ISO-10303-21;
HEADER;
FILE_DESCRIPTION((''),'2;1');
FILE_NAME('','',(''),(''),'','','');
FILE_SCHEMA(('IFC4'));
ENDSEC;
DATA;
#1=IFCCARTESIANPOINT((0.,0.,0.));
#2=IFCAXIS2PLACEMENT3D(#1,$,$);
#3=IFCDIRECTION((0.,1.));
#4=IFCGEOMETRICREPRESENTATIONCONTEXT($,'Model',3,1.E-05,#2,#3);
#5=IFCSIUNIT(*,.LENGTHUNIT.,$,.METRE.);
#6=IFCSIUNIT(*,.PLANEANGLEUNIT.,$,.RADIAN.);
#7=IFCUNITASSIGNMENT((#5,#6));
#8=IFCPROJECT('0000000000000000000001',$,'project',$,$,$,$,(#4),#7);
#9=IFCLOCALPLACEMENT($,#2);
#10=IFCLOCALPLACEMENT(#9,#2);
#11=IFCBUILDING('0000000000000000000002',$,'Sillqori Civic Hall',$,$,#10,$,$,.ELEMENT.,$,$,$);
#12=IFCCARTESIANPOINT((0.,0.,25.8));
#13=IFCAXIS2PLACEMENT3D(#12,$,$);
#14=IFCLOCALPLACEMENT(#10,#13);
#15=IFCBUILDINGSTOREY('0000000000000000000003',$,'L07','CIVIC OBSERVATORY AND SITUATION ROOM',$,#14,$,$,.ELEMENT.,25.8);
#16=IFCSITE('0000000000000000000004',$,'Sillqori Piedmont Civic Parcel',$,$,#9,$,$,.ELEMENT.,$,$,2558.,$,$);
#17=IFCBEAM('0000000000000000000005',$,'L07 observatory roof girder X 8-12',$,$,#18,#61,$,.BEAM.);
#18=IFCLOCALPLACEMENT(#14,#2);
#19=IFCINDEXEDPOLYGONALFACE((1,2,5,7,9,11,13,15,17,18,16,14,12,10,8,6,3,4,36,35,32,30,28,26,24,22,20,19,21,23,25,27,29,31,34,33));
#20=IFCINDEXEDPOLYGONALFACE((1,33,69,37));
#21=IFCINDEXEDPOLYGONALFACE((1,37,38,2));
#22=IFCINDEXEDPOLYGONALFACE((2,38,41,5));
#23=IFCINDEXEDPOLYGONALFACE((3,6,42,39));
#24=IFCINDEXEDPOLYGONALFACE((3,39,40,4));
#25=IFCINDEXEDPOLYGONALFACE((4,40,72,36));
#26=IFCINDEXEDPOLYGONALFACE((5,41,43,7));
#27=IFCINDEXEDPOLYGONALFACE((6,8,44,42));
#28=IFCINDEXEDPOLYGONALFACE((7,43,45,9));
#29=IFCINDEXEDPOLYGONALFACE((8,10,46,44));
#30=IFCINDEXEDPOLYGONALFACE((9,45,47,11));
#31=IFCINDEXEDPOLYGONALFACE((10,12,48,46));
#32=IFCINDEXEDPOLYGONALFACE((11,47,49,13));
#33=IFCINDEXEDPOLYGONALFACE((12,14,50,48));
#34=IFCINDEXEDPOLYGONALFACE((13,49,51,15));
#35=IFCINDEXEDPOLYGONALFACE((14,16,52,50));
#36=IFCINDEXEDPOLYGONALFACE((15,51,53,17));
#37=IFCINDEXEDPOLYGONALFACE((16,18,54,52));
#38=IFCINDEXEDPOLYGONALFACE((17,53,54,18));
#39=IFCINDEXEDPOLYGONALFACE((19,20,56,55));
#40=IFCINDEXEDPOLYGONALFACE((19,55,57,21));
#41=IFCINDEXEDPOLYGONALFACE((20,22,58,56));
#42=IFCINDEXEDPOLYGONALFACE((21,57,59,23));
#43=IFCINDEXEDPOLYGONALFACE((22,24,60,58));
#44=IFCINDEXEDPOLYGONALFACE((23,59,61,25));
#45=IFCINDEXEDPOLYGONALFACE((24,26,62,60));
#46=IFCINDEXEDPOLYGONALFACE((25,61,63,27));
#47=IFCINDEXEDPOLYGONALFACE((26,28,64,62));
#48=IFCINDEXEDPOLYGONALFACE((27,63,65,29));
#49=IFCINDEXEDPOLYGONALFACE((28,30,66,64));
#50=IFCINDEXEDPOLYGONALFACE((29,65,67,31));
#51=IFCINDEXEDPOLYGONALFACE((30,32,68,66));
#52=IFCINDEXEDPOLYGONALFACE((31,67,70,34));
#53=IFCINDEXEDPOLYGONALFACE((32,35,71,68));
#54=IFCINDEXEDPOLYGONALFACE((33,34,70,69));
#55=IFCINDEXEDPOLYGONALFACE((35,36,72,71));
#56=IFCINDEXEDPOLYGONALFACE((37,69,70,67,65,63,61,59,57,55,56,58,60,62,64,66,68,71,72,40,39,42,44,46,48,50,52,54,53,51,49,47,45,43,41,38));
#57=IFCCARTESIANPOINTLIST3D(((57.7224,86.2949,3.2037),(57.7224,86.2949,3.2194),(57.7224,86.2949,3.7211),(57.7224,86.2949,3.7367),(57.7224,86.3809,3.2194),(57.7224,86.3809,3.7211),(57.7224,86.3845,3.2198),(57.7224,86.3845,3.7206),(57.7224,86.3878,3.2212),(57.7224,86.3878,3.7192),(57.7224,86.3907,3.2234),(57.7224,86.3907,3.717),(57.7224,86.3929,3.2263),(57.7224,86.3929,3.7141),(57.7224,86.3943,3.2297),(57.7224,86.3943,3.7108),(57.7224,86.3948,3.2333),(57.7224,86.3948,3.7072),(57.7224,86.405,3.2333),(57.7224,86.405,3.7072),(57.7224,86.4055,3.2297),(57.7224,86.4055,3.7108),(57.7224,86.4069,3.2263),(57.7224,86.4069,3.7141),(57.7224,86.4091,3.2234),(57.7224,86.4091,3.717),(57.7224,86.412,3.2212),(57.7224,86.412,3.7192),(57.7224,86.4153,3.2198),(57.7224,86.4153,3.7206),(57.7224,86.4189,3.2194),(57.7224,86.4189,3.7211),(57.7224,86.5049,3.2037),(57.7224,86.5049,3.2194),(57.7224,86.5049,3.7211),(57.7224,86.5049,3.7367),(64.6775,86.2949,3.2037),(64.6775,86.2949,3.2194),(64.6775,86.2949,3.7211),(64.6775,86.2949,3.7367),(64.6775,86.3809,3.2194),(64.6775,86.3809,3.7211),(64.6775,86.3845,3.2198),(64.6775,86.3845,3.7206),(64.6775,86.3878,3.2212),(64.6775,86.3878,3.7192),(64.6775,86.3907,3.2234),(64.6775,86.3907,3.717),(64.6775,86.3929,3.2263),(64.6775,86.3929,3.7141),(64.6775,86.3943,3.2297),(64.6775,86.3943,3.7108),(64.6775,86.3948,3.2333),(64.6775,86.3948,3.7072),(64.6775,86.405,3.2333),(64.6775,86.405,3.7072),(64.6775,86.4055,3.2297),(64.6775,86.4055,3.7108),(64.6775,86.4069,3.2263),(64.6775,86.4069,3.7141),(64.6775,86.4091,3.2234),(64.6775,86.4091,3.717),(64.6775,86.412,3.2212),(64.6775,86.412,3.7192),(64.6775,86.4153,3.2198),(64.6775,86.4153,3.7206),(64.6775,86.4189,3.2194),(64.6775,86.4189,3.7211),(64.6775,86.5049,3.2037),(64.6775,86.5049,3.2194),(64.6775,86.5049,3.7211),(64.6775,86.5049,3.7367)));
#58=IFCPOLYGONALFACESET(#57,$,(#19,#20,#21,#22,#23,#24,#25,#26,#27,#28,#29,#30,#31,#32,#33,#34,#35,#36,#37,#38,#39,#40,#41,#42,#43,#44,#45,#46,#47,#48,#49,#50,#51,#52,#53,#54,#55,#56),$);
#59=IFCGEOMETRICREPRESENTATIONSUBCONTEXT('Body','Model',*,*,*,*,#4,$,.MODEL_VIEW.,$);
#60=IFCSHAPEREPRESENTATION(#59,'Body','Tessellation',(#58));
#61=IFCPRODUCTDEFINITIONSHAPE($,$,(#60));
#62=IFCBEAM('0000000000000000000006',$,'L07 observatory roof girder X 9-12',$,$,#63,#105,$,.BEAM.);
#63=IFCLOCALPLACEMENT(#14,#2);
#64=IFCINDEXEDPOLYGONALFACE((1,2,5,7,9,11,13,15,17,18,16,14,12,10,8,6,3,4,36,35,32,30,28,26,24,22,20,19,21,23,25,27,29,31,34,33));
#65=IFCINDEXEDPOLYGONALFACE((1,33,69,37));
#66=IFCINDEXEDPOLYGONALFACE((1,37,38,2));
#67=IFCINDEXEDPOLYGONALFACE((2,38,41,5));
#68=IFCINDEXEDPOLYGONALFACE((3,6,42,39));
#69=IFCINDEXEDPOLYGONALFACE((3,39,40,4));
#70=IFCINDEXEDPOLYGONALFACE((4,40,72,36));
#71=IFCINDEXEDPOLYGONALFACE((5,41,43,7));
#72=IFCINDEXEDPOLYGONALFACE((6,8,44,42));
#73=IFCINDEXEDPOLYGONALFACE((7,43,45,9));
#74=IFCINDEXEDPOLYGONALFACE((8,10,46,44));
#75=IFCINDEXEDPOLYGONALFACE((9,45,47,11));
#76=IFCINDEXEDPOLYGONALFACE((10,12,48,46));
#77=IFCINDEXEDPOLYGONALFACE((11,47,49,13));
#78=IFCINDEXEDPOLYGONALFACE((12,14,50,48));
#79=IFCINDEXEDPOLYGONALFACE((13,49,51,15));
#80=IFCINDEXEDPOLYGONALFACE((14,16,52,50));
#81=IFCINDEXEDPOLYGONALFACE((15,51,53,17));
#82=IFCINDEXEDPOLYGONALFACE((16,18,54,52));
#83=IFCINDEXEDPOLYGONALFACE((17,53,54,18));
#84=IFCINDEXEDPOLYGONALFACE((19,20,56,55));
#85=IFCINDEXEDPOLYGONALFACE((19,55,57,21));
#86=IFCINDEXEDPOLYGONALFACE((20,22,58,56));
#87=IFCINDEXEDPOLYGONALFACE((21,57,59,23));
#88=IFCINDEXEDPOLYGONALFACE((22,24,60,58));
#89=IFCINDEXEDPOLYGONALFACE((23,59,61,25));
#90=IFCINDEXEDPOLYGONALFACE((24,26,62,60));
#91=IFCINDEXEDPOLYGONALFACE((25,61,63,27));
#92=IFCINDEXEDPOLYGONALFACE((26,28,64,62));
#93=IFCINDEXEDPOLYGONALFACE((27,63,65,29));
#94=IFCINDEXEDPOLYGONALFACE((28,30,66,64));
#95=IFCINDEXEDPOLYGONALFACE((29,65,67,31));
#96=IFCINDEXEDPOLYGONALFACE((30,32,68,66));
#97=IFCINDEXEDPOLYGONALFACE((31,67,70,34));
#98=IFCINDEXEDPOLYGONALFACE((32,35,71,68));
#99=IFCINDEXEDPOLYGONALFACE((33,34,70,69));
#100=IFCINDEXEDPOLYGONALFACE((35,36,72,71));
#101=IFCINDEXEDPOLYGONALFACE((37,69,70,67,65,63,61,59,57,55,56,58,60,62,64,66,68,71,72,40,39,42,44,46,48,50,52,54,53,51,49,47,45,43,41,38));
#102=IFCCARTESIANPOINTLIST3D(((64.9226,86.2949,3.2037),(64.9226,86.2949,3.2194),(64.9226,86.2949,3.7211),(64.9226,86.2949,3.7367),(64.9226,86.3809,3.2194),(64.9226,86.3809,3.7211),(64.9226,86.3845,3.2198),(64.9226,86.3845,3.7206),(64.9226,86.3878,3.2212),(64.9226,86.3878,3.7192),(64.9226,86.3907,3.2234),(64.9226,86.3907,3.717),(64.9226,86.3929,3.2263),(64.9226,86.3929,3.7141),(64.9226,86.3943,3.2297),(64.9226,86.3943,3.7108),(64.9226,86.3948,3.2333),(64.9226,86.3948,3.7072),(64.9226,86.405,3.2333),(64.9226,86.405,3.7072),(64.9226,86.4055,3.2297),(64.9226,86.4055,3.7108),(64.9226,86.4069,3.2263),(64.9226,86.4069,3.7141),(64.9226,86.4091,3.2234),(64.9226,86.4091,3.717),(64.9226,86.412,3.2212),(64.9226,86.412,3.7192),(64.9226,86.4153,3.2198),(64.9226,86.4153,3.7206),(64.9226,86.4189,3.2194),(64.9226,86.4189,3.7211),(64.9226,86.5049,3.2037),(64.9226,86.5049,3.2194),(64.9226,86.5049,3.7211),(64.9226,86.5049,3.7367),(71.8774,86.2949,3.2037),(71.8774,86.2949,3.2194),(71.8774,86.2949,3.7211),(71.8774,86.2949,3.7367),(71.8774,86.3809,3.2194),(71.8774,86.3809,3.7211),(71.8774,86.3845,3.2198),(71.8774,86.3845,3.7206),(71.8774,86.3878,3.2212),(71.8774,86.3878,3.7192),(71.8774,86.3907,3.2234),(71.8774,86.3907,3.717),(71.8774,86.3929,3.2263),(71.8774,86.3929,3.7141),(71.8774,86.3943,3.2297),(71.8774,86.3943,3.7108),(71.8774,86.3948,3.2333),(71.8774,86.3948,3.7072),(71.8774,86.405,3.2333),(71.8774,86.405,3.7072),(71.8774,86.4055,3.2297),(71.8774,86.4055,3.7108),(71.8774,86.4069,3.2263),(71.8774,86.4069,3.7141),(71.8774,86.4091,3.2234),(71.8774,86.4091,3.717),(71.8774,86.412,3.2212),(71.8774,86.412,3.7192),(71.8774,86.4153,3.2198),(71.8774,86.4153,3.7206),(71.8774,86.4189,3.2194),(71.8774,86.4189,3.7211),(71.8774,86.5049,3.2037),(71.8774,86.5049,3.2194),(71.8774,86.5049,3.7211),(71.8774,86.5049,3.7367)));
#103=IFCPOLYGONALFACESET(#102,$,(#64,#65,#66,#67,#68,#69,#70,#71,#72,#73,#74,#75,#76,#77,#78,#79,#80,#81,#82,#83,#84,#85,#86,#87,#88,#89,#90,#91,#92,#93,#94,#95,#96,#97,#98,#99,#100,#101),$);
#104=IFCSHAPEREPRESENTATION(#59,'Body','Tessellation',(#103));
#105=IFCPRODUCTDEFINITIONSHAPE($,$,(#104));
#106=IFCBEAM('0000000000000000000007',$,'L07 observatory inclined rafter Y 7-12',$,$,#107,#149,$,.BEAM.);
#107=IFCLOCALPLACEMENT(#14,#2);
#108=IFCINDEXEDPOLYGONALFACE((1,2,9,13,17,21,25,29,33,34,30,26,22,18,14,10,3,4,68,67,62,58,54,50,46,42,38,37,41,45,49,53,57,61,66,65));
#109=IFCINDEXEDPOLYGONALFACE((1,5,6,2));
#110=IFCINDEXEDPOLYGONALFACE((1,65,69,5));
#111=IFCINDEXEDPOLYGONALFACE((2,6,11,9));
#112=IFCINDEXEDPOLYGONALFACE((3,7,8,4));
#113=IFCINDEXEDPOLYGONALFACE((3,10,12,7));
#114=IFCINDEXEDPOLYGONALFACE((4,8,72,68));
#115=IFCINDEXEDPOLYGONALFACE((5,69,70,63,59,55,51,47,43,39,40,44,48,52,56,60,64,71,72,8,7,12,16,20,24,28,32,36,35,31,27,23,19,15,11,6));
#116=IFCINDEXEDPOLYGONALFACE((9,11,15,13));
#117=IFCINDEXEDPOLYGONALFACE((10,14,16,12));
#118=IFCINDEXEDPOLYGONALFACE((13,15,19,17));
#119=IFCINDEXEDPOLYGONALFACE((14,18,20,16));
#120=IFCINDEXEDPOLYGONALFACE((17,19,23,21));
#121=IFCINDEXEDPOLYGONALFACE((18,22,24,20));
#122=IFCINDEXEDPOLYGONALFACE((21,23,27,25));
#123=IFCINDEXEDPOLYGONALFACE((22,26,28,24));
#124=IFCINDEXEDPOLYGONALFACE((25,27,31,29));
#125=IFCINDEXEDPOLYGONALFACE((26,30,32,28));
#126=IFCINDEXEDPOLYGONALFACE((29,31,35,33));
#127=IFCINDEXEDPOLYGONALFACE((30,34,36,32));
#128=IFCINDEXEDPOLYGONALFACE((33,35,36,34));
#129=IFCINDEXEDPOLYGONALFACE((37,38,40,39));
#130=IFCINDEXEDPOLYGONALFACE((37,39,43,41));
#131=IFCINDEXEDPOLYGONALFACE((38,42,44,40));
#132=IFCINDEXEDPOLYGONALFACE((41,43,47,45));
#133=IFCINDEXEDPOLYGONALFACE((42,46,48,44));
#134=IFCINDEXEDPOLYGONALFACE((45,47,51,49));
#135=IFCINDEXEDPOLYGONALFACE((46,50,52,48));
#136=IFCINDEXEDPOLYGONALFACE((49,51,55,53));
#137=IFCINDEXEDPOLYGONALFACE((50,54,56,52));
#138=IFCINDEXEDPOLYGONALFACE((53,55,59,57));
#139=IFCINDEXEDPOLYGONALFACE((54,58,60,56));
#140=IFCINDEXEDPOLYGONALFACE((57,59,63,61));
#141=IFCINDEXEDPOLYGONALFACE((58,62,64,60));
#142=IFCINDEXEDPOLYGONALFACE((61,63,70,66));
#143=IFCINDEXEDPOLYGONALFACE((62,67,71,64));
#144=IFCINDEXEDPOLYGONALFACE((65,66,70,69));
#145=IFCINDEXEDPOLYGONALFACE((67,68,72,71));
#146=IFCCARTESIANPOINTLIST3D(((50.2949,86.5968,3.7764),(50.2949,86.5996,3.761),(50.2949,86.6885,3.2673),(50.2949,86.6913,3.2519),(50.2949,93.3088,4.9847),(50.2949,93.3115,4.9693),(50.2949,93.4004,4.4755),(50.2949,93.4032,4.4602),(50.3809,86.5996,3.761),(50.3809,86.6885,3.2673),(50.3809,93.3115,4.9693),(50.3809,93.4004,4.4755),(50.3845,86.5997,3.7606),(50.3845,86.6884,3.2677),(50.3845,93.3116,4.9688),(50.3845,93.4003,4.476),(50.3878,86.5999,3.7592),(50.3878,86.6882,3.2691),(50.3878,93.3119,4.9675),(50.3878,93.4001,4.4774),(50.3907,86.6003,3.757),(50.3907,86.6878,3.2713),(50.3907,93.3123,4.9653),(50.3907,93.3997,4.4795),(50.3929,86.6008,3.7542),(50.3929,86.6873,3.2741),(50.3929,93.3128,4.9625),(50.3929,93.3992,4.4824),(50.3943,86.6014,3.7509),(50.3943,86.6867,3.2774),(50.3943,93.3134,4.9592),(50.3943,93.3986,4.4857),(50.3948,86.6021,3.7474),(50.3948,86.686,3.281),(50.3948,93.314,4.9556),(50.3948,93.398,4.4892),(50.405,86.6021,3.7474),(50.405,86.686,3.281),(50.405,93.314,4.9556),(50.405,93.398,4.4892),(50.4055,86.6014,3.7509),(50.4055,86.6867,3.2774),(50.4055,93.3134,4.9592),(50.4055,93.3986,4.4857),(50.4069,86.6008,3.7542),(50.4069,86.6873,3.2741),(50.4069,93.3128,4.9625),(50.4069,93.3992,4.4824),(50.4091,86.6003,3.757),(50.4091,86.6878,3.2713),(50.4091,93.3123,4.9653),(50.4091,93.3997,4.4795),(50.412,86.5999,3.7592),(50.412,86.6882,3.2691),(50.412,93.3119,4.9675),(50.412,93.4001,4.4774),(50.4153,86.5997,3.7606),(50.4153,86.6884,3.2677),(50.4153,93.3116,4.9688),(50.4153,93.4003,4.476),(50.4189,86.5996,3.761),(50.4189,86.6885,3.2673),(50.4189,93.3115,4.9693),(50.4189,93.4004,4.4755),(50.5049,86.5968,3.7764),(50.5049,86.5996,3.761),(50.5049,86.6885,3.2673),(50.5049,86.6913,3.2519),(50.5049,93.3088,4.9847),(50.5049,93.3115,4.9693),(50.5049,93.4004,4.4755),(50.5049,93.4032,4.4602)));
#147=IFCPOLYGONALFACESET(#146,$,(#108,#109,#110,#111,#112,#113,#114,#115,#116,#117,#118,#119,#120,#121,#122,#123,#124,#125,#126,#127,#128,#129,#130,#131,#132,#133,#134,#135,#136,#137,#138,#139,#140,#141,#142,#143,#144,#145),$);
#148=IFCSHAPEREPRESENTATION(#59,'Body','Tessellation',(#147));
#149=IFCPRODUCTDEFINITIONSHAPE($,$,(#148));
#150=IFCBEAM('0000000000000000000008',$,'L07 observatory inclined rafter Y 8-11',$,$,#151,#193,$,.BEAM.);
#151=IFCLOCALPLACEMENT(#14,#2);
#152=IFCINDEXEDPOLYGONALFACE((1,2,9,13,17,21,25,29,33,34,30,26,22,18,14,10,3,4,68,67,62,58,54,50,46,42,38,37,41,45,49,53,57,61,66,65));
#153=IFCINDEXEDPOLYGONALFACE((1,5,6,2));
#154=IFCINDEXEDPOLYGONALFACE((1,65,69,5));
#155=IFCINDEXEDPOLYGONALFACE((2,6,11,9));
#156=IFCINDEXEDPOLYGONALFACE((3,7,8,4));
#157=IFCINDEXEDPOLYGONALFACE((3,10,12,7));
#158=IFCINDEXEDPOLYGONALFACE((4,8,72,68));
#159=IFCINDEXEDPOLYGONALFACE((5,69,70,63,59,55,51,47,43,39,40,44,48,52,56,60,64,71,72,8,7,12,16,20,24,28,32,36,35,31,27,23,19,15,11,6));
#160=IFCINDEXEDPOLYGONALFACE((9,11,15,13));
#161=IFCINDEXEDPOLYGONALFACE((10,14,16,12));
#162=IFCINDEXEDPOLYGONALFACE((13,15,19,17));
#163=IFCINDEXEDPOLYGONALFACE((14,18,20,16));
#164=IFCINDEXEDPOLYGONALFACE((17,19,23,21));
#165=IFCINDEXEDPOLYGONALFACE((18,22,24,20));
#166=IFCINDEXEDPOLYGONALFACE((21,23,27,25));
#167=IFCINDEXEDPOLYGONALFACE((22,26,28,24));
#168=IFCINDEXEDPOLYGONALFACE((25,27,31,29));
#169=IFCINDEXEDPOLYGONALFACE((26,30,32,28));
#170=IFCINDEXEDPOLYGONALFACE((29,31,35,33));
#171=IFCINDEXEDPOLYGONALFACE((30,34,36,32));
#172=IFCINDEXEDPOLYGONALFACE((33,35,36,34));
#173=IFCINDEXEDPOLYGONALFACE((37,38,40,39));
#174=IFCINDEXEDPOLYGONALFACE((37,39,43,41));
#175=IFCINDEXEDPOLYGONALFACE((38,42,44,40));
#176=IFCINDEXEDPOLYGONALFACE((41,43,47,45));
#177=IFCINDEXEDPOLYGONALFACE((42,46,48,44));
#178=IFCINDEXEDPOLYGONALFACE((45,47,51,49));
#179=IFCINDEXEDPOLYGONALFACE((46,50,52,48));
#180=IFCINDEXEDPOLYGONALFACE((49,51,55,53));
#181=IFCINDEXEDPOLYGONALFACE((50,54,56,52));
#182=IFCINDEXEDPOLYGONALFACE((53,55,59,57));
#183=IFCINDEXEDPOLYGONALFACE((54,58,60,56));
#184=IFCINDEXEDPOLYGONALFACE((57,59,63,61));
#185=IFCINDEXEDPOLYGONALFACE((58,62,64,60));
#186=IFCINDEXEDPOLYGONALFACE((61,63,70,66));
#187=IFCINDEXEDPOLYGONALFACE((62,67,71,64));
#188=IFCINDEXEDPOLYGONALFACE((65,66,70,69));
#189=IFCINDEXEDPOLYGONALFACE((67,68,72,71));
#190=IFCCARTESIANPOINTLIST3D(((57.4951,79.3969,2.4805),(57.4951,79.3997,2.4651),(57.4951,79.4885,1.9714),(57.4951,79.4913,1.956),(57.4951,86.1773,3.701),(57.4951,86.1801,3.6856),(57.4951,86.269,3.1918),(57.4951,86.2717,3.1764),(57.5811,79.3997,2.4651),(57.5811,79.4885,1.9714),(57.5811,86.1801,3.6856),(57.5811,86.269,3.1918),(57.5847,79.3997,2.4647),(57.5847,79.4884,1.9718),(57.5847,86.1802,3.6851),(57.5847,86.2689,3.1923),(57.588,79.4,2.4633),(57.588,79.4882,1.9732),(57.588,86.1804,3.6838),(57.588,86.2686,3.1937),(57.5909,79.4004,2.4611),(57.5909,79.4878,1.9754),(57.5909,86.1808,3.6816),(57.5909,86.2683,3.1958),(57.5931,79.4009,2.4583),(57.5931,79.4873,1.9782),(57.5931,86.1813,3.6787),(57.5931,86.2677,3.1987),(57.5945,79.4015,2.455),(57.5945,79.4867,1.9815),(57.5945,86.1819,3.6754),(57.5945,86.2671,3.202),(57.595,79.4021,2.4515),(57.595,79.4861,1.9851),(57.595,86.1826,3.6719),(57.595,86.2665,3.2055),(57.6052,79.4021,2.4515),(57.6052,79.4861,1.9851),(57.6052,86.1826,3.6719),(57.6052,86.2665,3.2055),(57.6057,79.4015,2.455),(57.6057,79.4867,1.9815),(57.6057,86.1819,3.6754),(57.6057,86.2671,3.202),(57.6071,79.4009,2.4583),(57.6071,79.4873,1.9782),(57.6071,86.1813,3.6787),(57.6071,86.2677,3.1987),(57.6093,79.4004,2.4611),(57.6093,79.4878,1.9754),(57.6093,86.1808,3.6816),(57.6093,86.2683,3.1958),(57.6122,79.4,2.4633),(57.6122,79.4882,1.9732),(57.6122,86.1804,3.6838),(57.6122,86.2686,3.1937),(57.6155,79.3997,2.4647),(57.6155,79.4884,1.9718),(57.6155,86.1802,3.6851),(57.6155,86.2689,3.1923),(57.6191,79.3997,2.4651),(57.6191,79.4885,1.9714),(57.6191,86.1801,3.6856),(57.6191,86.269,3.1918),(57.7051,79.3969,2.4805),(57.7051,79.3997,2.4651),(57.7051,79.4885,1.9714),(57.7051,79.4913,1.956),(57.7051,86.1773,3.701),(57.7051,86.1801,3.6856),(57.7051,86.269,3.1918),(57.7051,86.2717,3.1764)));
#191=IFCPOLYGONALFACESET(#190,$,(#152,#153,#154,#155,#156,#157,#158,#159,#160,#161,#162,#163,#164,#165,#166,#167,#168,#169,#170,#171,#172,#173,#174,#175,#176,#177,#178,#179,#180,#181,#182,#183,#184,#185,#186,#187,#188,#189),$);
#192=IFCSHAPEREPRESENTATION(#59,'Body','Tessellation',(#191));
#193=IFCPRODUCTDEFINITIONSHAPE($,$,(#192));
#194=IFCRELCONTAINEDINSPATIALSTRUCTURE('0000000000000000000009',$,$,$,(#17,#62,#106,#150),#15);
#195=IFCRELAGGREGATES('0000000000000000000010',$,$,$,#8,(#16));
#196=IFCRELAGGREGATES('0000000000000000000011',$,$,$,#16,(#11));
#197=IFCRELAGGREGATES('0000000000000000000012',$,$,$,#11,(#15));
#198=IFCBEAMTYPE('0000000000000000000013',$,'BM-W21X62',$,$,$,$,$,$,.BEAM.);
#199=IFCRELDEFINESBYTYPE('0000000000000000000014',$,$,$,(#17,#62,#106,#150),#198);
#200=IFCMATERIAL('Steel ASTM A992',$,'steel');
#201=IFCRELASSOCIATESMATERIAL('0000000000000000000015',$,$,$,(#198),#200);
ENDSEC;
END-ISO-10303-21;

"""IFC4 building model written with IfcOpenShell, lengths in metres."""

from ifc_helpers import new_model, si_unit, direction, frame, origin, origin_2d, place, context, subcontext, project, spatial, i_section, extrude, material, material_profile, profile_set, type_object, element, save


model = new_model("IFC4")

# Units and contexts
model_context = context("Model", 3, precision=1e-05, world=origin(), true_north=direction((0.0, 1.0)))
body_context = subcontext(model_context, "Body", "Model", "MODEL_VIEW")
ifc_project = project(units=[si_unit("LENGTHUNIT", "METRE"), si_unit("PLANEANGLEUNIT", "RADIAN")], contexts=[model_context])

# Site, building, storey
site_placement = place(None, origin())
site = spatial("IfcSite", under=ifc_project, at=site_placement, Name="Sillqori Piedmont Civic Parcel", CompositionType="ELEMENT", RefElevation=2558.0)
building_placement = place(site_placement, origin())
building = spatial("IfcBuilding", under=site, at=building_placement, Name="Sillqori Civic Hall", CompositionType="ELEMENT")
storey_placement = place(building_placement, frame((0.0, 0.0, 25.8)))
storey = spatial("IfcBuildingStorey", under=building, at=storey_placement, Name="L07", Description="CIVIC OBSERVATORY AND SITUATION ROOM", CompositionType="ELEMENT", Elevation=25.8)

# Shared definitions
ifc_material_1 = material(Name="Steel ASTM A992", Category="steel")

# Beams
ifc_material_profile_1 = material_profile(ifc_material_1, i_section(OverallWidth=0.21, OverallDepth=0.533, WebThickness=0.0103, FlangeThickness=0.0156, FilletRadius=0.0139, at=origin_2d()), Name="W21X62")
ifc_profile_set_1 = profile_set([ifc_material_profile_1], Name="Steel ASTM A992")
beam_type = type_object("IfcBeamType", Name="BM-W21X62", PredefinedType="BEAM", material=ifc_profile_set_1)
beam_1_placement = place(storey_placement, frame((57.7224, 86.3999, 3.4702), z_axis=(1.0, 0.0, 0.0), x_axis=(0.0, 1.0, 0.0)))
element("IfcBeam", 1, at=beam_1_placement, inside=storey, type_object=beam_type, Name="L07 observatory roof girder X 8-12", PredefinedType="BEAM", context=body_context, shape_type="SweptSolid", body=[
    extrude(i_section(OverallWidth=0.21, OverallDepth=0.533, WebThickness=0.0103, FlangeThickness=0.0156, FilletRadius=0.0139, at=origin_2d()), origin(), (0.0, 0.0, 1.0), 6.9551),
])
beam_2_placement = place(storey_placement, frame((64.9226, 86.3999, 3.4702), z_axis=(1.0, 0.0, 0.0), x_axis=(0.0, 1.0, 0.0)))
element("IfcBeam", 2, at=beam_2_placement, inside=storey, type_object=beam_type, Name="L07 observatory roof girder X 9-12", PredefinedType="BEAM", context=body_context, shape_type="SweptSolid", body=[
    extrude(i_section(OverallWidth=0.21, OverallDepth=0.533, WebThickness=0.0103, FlangeThickness=0.0156, FilletRadius=0.0139, at=origin_2d()), origin(), (0.0, 0.0, 1.0), 6.9548),
])
beam_3_placement = place(storey_placement, frame((50.3999, 86.644, 3.5142), z_axis=(0.0, 0.984181, 0.177168), x_axis=(-1.0, 0.0, 0.0)))
element("IfcBeam", 3, at=beam_3_placement, inside=storey, type_object=beam_type, Name="L07 observatory inclined rafter Y 7-12", PredefinedType="BEAM", context=body_context, shape_type="SweptSolid", body=[
    extrude(i_section(OverallWidth=0.21, OverallDepth=0.533, WebThickness=0.0103, FlangeThickness=0.0156, FilletRadius=0.0139, at=origin_2d()), origin(), (0.0, 0.0, 1.0), 6.8198),
])
for number, where, z_axis, x_axis, name in (
    (4, (57.6001, 79.4441, 2.2183), (0.0, 0.984184, 0.177148), (-1.0, 0.0, 0.0), "L07 observatory inclined rafter Y 8-11"),
):
    element("IfcBeam", number, at=place(storey_placement, frame(where, z_axis=z_axis, x_axis=x_axis)), inside=storey, type_object=beam_type, Name=name, PredefinedType="BEAM", context=body_context, shape_type="SweptSolid", body=[
        extrude(i_section(OverallWidth=0.21, OverallDepth=0.533, WebThickness=0.0103, FlangeThickness=0.0156, FilletRadius=0.0139, at=origin_2d()), origin(), (0.0, 0.0, 1.0), 6.8894),
    ])

save(model, "model.ifc")
